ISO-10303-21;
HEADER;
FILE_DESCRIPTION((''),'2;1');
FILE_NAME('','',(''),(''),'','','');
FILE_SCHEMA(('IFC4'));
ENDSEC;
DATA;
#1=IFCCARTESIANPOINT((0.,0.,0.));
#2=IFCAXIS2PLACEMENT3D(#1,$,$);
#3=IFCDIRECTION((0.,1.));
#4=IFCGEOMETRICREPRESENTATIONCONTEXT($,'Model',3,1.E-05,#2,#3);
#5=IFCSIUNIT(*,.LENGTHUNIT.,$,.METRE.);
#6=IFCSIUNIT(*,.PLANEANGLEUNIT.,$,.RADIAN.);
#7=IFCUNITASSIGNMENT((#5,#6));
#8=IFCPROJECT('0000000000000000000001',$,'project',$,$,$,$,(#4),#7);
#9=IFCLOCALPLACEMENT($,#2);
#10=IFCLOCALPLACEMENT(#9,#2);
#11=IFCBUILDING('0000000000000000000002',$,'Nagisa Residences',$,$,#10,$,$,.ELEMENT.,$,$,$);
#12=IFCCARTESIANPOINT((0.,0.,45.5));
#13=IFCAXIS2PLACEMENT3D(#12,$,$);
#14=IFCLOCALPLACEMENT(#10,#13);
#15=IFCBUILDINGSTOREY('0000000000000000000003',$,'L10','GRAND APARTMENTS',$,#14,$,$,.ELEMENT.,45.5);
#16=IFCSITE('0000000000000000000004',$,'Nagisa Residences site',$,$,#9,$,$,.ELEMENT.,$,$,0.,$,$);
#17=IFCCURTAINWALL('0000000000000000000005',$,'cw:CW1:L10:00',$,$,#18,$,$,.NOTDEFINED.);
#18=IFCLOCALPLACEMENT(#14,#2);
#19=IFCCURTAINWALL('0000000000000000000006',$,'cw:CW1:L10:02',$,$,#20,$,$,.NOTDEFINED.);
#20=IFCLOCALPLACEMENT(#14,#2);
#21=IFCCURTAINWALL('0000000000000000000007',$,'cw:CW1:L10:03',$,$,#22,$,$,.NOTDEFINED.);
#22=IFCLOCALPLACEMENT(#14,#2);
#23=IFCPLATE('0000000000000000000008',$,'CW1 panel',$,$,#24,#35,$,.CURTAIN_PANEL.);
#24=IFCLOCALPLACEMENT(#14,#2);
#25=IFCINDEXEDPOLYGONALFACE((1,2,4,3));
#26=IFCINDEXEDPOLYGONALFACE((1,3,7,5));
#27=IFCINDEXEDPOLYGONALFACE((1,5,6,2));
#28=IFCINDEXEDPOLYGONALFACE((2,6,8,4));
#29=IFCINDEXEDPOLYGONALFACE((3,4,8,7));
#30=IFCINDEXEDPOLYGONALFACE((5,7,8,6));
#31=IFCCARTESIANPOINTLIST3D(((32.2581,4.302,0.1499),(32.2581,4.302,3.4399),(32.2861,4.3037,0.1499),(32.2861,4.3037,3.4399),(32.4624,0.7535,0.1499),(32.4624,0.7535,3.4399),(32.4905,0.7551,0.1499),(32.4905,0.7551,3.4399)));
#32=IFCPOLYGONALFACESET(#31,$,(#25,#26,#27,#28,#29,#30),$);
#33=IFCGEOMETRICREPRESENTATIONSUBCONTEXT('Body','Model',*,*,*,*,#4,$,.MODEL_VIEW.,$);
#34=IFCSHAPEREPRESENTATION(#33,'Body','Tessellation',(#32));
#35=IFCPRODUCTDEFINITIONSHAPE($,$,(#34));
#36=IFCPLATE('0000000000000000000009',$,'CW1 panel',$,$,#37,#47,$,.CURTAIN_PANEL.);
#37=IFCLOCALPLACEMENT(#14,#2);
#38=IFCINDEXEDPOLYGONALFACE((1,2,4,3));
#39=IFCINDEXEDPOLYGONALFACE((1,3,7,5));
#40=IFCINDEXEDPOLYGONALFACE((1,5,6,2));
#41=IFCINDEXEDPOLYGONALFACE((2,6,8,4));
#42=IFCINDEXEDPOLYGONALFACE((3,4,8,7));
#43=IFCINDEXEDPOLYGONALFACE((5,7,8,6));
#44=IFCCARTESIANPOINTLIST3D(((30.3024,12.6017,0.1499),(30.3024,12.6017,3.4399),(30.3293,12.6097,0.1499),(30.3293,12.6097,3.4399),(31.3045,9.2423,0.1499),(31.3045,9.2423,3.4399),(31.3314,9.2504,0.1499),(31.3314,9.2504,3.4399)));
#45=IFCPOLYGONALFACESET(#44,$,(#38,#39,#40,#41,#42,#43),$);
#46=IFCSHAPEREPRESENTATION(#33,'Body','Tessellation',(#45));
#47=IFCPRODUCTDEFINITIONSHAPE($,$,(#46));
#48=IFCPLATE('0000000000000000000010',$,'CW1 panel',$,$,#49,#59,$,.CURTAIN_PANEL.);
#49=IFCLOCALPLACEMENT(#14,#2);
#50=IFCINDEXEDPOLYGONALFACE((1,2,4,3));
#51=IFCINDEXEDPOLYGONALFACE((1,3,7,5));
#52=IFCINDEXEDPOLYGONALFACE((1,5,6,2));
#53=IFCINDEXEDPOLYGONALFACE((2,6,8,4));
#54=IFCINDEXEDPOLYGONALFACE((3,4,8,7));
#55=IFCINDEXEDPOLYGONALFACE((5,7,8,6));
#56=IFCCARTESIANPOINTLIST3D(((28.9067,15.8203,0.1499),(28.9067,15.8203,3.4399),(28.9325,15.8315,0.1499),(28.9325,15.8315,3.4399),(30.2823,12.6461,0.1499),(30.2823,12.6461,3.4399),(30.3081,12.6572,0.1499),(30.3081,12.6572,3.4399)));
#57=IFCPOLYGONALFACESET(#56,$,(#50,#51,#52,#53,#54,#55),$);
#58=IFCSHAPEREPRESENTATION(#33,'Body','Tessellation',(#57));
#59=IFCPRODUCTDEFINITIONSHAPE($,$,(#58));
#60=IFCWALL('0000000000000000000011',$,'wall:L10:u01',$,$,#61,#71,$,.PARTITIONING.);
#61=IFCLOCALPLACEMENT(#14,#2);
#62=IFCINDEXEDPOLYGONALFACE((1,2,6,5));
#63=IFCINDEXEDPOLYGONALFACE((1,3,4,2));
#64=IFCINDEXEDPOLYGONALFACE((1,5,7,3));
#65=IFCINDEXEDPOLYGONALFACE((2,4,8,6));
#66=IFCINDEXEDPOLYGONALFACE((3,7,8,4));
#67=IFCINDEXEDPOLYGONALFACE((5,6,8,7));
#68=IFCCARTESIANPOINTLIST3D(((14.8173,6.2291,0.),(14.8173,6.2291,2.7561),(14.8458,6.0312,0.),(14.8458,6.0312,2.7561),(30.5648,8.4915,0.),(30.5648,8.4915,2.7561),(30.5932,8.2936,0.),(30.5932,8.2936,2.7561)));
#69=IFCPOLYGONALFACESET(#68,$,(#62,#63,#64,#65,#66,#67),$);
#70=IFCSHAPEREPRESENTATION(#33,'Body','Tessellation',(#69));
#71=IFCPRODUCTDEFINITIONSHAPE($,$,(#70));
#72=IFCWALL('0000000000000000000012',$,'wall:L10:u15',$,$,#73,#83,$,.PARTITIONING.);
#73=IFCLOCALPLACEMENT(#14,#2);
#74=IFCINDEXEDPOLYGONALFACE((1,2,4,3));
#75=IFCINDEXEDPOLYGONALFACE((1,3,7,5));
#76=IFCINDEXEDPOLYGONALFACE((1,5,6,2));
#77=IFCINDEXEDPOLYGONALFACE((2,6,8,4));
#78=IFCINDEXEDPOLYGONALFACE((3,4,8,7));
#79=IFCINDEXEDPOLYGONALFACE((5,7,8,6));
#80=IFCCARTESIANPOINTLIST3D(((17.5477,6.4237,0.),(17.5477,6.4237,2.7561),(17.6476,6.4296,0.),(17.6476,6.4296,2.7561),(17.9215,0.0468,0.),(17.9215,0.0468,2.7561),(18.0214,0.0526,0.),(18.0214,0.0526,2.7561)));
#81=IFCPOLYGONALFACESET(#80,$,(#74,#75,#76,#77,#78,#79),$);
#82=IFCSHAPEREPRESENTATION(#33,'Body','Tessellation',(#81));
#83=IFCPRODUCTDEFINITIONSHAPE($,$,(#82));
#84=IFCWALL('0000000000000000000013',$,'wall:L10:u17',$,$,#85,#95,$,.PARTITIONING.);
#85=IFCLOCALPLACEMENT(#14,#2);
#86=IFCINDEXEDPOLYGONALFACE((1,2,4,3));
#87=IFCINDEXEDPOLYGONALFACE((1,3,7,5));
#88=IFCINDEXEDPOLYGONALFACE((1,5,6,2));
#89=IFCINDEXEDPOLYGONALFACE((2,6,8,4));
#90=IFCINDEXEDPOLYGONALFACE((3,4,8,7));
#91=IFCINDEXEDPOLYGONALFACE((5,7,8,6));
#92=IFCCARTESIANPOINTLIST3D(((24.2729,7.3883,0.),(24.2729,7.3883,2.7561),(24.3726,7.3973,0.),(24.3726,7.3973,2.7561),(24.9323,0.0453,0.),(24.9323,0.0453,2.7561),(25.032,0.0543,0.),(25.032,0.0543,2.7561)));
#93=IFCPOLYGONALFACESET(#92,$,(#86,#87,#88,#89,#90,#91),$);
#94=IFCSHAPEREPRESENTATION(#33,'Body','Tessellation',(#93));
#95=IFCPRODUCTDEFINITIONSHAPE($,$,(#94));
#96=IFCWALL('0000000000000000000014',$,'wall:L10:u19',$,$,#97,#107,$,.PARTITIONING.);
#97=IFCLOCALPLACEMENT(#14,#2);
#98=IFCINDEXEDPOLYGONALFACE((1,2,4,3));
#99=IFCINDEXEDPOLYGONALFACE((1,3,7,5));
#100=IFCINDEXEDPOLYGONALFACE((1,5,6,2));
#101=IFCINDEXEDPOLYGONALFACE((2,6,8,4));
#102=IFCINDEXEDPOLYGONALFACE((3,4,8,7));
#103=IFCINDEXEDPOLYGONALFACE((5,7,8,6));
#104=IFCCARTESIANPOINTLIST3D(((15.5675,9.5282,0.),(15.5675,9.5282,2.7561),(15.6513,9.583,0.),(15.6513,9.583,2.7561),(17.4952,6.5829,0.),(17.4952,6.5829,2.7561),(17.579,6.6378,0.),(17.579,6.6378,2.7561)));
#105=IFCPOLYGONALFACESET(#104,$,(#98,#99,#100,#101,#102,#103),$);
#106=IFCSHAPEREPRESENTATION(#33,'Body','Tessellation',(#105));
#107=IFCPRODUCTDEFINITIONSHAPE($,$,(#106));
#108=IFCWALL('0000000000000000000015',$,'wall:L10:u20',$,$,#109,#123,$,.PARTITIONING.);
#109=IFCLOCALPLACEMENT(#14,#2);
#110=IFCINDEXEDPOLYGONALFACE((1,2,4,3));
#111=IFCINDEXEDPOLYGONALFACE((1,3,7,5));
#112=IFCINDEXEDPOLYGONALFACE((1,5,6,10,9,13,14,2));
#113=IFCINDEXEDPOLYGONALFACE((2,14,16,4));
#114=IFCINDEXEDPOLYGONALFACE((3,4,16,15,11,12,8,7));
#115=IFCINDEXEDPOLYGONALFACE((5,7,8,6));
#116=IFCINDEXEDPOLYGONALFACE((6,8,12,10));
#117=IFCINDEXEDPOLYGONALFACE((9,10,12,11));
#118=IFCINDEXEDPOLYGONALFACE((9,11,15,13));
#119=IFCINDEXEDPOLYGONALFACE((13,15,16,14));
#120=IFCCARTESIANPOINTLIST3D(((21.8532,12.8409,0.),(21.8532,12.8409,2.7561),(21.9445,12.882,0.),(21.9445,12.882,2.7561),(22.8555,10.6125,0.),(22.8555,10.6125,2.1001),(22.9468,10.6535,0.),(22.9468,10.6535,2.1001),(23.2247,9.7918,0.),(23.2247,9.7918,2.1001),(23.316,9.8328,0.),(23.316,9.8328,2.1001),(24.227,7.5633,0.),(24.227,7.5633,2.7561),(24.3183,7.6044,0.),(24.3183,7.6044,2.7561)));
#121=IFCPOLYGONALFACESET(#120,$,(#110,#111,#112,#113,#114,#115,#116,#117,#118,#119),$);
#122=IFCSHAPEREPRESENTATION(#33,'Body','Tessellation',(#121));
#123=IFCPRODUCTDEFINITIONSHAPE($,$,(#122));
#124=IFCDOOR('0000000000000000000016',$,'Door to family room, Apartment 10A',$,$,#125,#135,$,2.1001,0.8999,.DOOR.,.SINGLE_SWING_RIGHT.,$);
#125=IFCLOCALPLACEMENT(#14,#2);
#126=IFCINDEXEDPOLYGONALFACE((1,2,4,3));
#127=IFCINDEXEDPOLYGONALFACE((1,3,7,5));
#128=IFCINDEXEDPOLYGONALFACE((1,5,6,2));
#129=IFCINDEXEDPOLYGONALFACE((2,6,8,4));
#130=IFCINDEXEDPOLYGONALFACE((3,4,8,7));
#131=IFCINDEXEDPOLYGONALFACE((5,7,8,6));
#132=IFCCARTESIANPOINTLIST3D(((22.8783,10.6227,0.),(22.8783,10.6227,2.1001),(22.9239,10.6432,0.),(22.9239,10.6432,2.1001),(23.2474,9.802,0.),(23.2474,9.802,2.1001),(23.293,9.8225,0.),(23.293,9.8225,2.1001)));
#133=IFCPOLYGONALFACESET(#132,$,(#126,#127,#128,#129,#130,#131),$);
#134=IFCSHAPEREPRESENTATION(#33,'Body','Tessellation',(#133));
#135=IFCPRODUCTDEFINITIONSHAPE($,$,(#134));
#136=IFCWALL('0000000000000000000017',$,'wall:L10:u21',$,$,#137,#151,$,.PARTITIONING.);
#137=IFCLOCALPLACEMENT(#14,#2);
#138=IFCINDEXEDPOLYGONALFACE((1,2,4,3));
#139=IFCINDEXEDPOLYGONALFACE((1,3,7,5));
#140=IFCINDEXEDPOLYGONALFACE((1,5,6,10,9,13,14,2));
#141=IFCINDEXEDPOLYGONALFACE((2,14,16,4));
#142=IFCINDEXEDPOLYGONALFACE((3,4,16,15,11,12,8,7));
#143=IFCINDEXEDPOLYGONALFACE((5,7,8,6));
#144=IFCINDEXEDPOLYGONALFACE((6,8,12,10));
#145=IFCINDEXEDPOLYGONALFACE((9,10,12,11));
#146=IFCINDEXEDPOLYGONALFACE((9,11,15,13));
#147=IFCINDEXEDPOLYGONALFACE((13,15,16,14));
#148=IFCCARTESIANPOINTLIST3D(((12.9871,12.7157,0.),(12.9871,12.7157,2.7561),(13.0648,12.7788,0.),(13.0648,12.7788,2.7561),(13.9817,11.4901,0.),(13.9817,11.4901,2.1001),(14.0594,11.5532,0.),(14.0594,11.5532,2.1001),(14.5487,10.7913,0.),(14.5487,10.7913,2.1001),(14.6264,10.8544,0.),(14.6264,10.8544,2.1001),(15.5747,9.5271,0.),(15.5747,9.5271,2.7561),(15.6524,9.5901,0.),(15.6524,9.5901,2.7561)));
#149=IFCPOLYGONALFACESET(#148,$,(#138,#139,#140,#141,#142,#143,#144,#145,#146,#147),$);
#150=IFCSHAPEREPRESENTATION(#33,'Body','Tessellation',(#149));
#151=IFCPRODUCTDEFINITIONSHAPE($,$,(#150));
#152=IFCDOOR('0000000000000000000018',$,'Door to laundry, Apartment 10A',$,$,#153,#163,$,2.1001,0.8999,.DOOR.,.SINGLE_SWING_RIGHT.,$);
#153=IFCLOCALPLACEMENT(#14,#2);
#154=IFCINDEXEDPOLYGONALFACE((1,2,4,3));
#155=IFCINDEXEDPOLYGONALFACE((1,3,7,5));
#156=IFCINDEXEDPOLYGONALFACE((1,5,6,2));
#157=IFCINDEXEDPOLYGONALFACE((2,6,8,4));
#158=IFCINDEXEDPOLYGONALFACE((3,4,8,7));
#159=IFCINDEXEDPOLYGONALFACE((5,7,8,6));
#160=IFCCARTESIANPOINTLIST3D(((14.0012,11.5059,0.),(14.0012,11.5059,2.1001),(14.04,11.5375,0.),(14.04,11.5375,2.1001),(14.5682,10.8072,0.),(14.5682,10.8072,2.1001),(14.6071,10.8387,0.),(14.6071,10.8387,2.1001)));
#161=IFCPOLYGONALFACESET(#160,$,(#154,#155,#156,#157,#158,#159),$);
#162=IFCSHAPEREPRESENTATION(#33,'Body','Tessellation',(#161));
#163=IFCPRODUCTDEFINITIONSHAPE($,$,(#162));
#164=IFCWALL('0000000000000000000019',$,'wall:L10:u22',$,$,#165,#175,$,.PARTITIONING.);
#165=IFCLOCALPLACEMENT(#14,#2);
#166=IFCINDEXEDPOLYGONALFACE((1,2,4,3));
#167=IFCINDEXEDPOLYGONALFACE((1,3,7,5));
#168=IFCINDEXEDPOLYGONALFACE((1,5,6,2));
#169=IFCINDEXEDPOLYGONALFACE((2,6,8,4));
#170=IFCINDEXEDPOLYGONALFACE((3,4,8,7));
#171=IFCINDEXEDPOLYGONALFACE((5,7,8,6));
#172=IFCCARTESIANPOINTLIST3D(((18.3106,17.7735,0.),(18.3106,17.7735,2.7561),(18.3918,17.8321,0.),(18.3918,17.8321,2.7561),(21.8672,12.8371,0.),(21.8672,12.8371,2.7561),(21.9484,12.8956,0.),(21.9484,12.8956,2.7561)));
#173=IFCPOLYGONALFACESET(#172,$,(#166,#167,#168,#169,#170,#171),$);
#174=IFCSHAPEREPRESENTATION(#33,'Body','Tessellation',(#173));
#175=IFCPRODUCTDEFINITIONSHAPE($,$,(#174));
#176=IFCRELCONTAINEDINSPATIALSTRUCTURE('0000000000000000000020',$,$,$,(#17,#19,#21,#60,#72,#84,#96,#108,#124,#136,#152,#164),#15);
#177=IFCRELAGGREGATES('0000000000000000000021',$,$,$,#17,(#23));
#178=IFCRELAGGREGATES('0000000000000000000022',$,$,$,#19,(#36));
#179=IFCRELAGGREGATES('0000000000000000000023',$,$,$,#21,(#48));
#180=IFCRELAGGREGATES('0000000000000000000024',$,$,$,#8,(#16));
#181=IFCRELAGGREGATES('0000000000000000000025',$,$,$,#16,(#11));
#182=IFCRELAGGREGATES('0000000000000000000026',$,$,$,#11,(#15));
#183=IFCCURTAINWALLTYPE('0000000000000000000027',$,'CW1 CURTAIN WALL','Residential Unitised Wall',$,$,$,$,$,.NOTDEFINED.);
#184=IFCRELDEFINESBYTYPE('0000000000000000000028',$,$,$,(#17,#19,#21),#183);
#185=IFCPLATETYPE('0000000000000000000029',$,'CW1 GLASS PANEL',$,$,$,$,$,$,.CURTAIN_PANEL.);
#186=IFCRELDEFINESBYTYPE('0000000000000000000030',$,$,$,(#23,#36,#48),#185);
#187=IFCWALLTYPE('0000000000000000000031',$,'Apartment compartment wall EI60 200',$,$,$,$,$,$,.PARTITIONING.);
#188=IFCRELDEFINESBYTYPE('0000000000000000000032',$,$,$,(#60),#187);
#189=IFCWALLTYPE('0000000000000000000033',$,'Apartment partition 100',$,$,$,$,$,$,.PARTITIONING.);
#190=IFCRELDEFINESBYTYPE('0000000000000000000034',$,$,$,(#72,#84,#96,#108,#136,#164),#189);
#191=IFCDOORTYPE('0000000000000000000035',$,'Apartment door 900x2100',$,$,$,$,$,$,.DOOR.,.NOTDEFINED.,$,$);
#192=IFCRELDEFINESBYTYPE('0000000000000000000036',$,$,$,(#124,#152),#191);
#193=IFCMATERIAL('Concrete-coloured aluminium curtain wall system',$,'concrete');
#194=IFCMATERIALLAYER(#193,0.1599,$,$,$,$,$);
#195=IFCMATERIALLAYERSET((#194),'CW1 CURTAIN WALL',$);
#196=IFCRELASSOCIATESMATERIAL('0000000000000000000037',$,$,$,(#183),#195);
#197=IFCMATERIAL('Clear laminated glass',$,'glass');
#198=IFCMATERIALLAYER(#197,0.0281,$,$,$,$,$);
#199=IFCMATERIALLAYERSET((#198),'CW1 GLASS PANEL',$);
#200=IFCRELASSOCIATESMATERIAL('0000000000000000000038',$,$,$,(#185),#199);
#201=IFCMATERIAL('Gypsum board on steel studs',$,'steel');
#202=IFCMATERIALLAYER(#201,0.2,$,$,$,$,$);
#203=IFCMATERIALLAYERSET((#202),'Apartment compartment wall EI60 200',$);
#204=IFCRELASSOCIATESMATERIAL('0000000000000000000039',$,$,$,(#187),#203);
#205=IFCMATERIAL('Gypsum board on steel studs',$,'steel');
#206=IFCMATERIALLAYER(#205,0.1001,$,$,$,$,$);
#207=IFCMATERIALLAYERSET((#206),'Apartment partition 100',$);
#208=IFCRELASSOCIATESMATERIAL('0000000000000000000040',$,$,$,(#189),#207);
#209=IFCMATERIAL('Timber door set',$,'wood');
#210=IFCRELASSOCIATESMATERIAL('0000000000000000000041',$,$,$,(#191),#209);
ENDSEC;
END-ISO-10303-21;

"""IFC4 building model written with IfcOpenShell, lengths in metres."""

from ifc_helpers import new_model, si_unit, direction, frame, frame_2d, origin, origin_2d, place, context, subcontext, project, spatial, rectangle, extrude, material, layer, layer_set, type_object, element, fill, aggregate, save


model = new_model("IFC4")

# Units and contexts
model_context = context("Model", 3, precision=1e-05, world=origin(), true_north=direction((0.0, 1.0)))
body_context = subcontext(model_context, "Body", "Model", "MODEL_VIEW")
ifc_project = project(units=[si_unit("LENGTHUNIT", "METRE"), si_unit("PLANEANGLEUNIT", "RADIAN")], contexts=[model_context])

# Site, building, storey
site_placement = place(None, origin())
site = spatial("IfcSite", under=ifc_project, at=site_placement, Name="Nagisa Residences site", CompositionType="ELEMENT", RefElevation=0.0)
building_placement = place(site_placement, origin())
building = spatial("IfcBuilding", under=site, at=building_placement, Name="Nagisa Residences", CompositionType="ELEMENT")
storey_placement = place(building_placement, frame((0.0, 0.0, 45.5)))
storey = spatial("IfcBuildingStorey", under=building, at=storey_placement, Name="L10", Description="GRAND APARTMENTS", CompositionType="ELEMENT", Elevation=45.5)

# Curtain walls
ifc_material_1 = material(Name="Concrete-coloured aluminium curtain wall system", Category="concrete")
ifc_layer_1 = layer(ifc_material_1, 0.1599)
ifc_layer_set_1 = layer_set([ifc_layer_1], Name="CW1 CURTAIN WALL")
curtain_wall_type = type_object("IfcCurtainWallType", Name="CW1 CURTAIN WALL", Description="Residential Unitised Wall", PredefinedType="NOTDEFINED", material=ifc_layer_set_1)
curtain_wall_1_placement = place(storey_placement, origin())
curtain_wall_1 = element("IfcCurtainWall", 1, at=curtain_wall_1_placement, inside=storey, type_object=curtain_wall_type, Name="cw:CW1:L10:00", PredefinedType="NOTDEFINED")
curtain_wall_2_placement = place(storey_placement, origin())
curtain_wall_2 = element("IfcCurtainWall", 2, at=curtain_wall_2_placement, inside=storey, type_object=curtain_wall_type, Name="cw:CW1:L10:02", PredefinedType="NOTDEFINED")
curtain_wall_3_placement = place(storey_placement, origin())
curtain_wall_3 = element("IfcCurtainWall", 3, at=curtain_wall_3_placement, inside=storey, type_object=curtain_wall_type, Name="cw:CW1:L10:03", PredefinedType="NOTDEFINED")

# Plates
ifc_material_2 = material(Name="Clear laminated glass", Category="glass")
ifc_layer_2 = layer(ifc_material_2, 0.0281)
ifc_layer_set_2 = layer_set([ifc_layer_2], Name="CW1 GLASS PANEL")
plate_type = type_object("IfcPlateType", Name="CW1 GLASS PANEL", PredefinedType="CURTAIN_PANEL", material=ifc_layer_set_2)
plate_1_placement = place(storey_placement, frame((32.3743, 2.5286, 0.1499), z_axis=(0.0, 0.0, 1.0), x_axis=(-0.057503, 0.998345, 0.0)))
plate_1 = element("IfcPlate", 4, at=plate_1_placement, type_object=plate_type, Name="CW1 panel", PredefinedType="CURTAIN_PANEL", context=body_context, shape_type="SweptSolid", body=[
    extrude(rectangle(XDim=3.5544, YDim=0.0281, at=origin_2d()), origin(), (0.0, 0.0, 1.0), 3.29),
])
aggregate(curtain_wall_1, [plate_1])
plate_2_placement = place(storey_placement, frame((30.8169, 10.926, 0.1499), z_axis=(0.0, 0.0, 1.0), x_axis=(-0.28586, 0.958271, 0.0)))
plate_2 = element("IfcPlate", 5, at=plate_2_placement, type_object=plate_type, Name="CW1 panel", PredefinedType="CURTAIN_PANEL", context=body_context, shape_type="SweptSolid", body=[
    extrude(rectangle(XDim=3.5056, YDim=0.0281, at=origin_2d()), origin(), (0.0, 0.0, 1.0), 3.29),
])
aggregate(curtain_wall_2, [plate_2])
plate_3_placement = place(storey_placement, frame((29.6074, 14.2388, 0.1499), z_axis=(0.0, 0.0, 1.0), x_axis=(-0.397636, 0.917543, 0.0)))
plate_3 = element("IfcPlate", 6, at=plate_3_placement, type_object=plate_type, Name="CW1 panel", PredefinedType="CURTAIN_PANEL", context=body_context, shape_type="SweptSolid", body=[
    extrude(rectangle(XDim=3.4595, YDim=0.0281, at=origin_2d()), origin(), (0.0, 0.0, 1.0), 3.29),
])
aggregate(curtain_wall_3, [plate_3])

# Walls
ifc_material_3 = material(Name="Gypsum board on steel studs", Category="steel")
ifc_layer_3 = layer(ifc_material_3, 0.2)
ifc_layer_set_3 = layer_set([ifc_layer_3], Name="Apartment compartment wall EI60 200")
wall_type_1 = type_object("IfcWallType", Name="Apartment compartment wall EI60 200", PredefinedType="PARTITIONING", material=ifc_layer_set_3)
wall_1_placement = place(storey_placement, frame((14.8315, 6.1301, 0.0), z_axis=(0.0, 0.0, 1.0), x_axis=(0.989837, 0.14221, 0.0)))
element("IfcWall", 7, at=wall_1_placement, inside=storey, type_object=wall_type_1, Name="wall:L10:u01", PredefinedType="PARTITIONING", context=body_context, shape_type="SweptSolid", body=[
    extrude(rectangle(XDim=15.9092, YDim=0.2, at=frame_2d((7.9546, 0.0))), origin(), (0.0, 0.0, 1.0), 2.7561),
])
ifc_material_4 = material(Name="Gypsum board on steel studs", Category="steel")
ifc_layer_4 = layer(ifc_material_4, 0.1001)
ifc_layer_set_4 = layer_set([ifc_layer_4], Name="Apartment partition 100")
wall_type_2 = type_object("IfcWallType", Name="Apartment partition 100", PredefinedType="PARTITIONING", material=ifc_layer_set_4)
wall_2_placement = place(storey_placement, frame((17.9714, 0.0498, 0.0), z_axis=(0.0, 0.0, 1.0), x_axis=(-0.058514, 0.998287, 0.0)))
element("IfcWall", 8, at=wall_2_placement, inside=storey, type_object=wall_type_2, Name="wall:L10:u15", PredefinedType="PARTITIONING", context=body_context, shape_type="SweptSolid", body=[
    extrude(rectangle(XDim=6.3879, YDim=0.1001, at=frame_2d((3.1938, 0.0))), origin(), (0.0, 0.0, 1.0), 2.7561),
])
wall_3_placement = place(storey_placement, frame((24.9822, 0.0498, 0.0), z_axis=(0.0, 0.0, 1.0), x_axis=(-0.089443, 0.995992, 0.0)))
element("IfcWall", 9, at=wall_3_placement, inside=storey, type_object=wall_type_2, Name="wall:L10:u17", PredefinedType="PARTITIONING", context=body_context, shape_type="SweptSolid", body=[
    extrude(rectangle(XDim=7.3726, YDim=0.1001, at=frame_2d((3.6863, 0.0))), origin(), (0.0, 0.0, 1.0), 2.7561),
])
wall_4_placement = place(storey_placement, frame((17.5371, 6.6104, 0.0), z_axis=(0.0, 0.0, 1.0), x_axis=(-0.547638, 0.836715, 0.0)))
element("IfcWall", 10, at=wall_4_placement, inside=storey, type_object=wall_type_2, Name="wall:L10:u19", PredefinedType="PARTITIONING", context=body_context, shape_type="SweptSolid", body=[
    extrude(rectangle(XDim=3.52, YDim=0.1001, at=frame_2d((1.76, 0.0))), origin(), (0.0, 0.0, 1.0), 2.7561),
])

# Walls, openings, doors
wall_5_placement = place(storey_placement, frame((24.2727, 7.5837, 0.0), z_axis=(0.0, 0.0, 1.0), x_axis=(-0.410202, 0.911995, 0.0)))
wall_5 = element("IfcWall", 11, at=wall_5_placement, inside=storey, type_object=wall_type_2, Name="wall:L10:u20", PredefinedType="PARTITIONING", context=body_context, shape_type="SweptSolid", body=[
    extrude(rectangle(XDim=5.7869, YDim=0.1001, at=frame_2d((2.8936, 0.0))), origin(), (0.0, 0.0, 1.0), 2.7561),
])
opening_1_placement = place(wall_5_placement, frame((2.4436, 0.0, 0.0)))
opening_1 = element("IfcOpeningElement", 12, at=opening_1_placement, cuts=wall_5, PredefinedType="OPENING", context=body_context, shape_type="SweptSolid", body=[
    extrude(rectangle(XDim=0.8999, YDim=2.1001, at=frame_2d((0.45, 1.05))), frame((0.0, 0.0601, 0.0), z_axis=(0.0, -1.0, 0.0), x_axis=(1.0, 0.0, 0.0)), (0.0, 0.0, 1.0), 0.1201),
])
ifc_material_5 = material(Name="Timber door set", Category="wood")
door_type_1 = type_object("IfcDoorType", Name="Apartment door 900x2100", OperationType="NOTDEFINED", PredefinedType="DOOR", material=ifc_material_5)
door_1_placement = place(opening_1_placement, frame((0.8999, 0.0, 0.0), x_axis=(-1.0, 0.0, 0.0)))
door_1 = element("IfcDoor", 13, at=door_1_placement, inside=storey, type_object=door_type_1, Name="Door to family room, Apartment 10A", OperationType="SINGLE_SWING_RIGHT", OverallHeight=2.1001, OverallWidth=0.8999, PredefinedType="DOOR", context=body_context, shape_type="SweptSolid", body=[
    extrude(rectangle(XDim=0.8999, YDim=2.1001, at=frame_2d((0.45, 1.05))), frame((0.0, 0.0249, 0.0), z_axis=(0.0, -1.0, 0.0), x_axis=(1.0, 0.0, 0.0)), (0.0, 0.0, 1.0), 0.05),
])
fill(opening_1, door_1)
wall_6_placement = place(storey_placement, frame((15.6135, 9.5586, 0.0), z_axis=(0.0, 0.0, 1.0), x_axis=(-0.630125, 0.776494, 0.0)))
wall_6 = element("IfcWall", 14, at=wall_6_placement, inside=storey, type_object=wall_type_2, Name="wall:L10:u21", PredefinedType="PARTITIONING", context=body_context, shape_type="SweptSolid", body=[
    extrude(rectangle(XDim=4.1064, YDim=0.1001, at=frame_2d((2.0532, 0.0))), origin(), (0.0, 0.0, 1.0), 2.7561),
])
opening_2_placement = place(wall_6_placement, frame((1.6282, 0.0, 0.0)))
opening_2 = element("IfcOpeningElement", 15, at=opening_2_placement, cuts=wall_6, PredefinedType="OPENING", context=body_context, shape_type="SweptSolid", body=[
    extrude(rectangle(XDim=0.8999, YDim=2.1001, at=frame_2d((0.45, 1.05))), frame((0.0, 0.0601, 0.0), z_axis=(0.0, -1.0, 0.0), x_axis=(1.0, 0.0, 0.0)), (0.0, 0.0, 1.0), 0.1201),
])
door_2_placement = place(opening_2_placement, origin())
door_2 = element("IfcDoor", 16, at=door_2_placement, inside=storey, type_object=door_type_1, Name="Door to laundry, Apartment 10A", OperationType="SINGLE_SWING_RIGHT", OverallHeight=2.1001, OverallWidth=0.8999, PredefinedType="DOOR", context=body_context, shape_type="SweptSolid", body=[
    extrude(rectangle(XDim=0.8999, YDim=2.1001, at=frame_2d((0.45, 1.05))), frame((0.0, 0.0249, 0.0), z_axis=(0.0, -1.0, 0.0), x_axis=(1.0, 0.0, 0.0)), (0.0, 0.0, 1.0), 0.05),
])
fill(opening_2, door_2)

# Wall
wall_7_placement = place(storey_placement, frame((21.9077, 12.8665, 0.0), z_axis=(0.0, 0.0, 1.0), x_axis=(-0.584558, 0.811352, 0.0)))
element("IfcWall", 17, at=wall_7_placement, inside=storey, type_object=wall_type_2, Name="wall:L10:u22", PredefinedType="PARTITIONING", context=body_context, shape_type="SweptSolid", body=[
    extrude(rectangle(XDim=6.0842, YDim=0.1001, at=frame_2d((3.042, 0.0))), origin(), (0.0, 0.0, 1.0), 2.7561),
])

save(model, "model.ifc")
